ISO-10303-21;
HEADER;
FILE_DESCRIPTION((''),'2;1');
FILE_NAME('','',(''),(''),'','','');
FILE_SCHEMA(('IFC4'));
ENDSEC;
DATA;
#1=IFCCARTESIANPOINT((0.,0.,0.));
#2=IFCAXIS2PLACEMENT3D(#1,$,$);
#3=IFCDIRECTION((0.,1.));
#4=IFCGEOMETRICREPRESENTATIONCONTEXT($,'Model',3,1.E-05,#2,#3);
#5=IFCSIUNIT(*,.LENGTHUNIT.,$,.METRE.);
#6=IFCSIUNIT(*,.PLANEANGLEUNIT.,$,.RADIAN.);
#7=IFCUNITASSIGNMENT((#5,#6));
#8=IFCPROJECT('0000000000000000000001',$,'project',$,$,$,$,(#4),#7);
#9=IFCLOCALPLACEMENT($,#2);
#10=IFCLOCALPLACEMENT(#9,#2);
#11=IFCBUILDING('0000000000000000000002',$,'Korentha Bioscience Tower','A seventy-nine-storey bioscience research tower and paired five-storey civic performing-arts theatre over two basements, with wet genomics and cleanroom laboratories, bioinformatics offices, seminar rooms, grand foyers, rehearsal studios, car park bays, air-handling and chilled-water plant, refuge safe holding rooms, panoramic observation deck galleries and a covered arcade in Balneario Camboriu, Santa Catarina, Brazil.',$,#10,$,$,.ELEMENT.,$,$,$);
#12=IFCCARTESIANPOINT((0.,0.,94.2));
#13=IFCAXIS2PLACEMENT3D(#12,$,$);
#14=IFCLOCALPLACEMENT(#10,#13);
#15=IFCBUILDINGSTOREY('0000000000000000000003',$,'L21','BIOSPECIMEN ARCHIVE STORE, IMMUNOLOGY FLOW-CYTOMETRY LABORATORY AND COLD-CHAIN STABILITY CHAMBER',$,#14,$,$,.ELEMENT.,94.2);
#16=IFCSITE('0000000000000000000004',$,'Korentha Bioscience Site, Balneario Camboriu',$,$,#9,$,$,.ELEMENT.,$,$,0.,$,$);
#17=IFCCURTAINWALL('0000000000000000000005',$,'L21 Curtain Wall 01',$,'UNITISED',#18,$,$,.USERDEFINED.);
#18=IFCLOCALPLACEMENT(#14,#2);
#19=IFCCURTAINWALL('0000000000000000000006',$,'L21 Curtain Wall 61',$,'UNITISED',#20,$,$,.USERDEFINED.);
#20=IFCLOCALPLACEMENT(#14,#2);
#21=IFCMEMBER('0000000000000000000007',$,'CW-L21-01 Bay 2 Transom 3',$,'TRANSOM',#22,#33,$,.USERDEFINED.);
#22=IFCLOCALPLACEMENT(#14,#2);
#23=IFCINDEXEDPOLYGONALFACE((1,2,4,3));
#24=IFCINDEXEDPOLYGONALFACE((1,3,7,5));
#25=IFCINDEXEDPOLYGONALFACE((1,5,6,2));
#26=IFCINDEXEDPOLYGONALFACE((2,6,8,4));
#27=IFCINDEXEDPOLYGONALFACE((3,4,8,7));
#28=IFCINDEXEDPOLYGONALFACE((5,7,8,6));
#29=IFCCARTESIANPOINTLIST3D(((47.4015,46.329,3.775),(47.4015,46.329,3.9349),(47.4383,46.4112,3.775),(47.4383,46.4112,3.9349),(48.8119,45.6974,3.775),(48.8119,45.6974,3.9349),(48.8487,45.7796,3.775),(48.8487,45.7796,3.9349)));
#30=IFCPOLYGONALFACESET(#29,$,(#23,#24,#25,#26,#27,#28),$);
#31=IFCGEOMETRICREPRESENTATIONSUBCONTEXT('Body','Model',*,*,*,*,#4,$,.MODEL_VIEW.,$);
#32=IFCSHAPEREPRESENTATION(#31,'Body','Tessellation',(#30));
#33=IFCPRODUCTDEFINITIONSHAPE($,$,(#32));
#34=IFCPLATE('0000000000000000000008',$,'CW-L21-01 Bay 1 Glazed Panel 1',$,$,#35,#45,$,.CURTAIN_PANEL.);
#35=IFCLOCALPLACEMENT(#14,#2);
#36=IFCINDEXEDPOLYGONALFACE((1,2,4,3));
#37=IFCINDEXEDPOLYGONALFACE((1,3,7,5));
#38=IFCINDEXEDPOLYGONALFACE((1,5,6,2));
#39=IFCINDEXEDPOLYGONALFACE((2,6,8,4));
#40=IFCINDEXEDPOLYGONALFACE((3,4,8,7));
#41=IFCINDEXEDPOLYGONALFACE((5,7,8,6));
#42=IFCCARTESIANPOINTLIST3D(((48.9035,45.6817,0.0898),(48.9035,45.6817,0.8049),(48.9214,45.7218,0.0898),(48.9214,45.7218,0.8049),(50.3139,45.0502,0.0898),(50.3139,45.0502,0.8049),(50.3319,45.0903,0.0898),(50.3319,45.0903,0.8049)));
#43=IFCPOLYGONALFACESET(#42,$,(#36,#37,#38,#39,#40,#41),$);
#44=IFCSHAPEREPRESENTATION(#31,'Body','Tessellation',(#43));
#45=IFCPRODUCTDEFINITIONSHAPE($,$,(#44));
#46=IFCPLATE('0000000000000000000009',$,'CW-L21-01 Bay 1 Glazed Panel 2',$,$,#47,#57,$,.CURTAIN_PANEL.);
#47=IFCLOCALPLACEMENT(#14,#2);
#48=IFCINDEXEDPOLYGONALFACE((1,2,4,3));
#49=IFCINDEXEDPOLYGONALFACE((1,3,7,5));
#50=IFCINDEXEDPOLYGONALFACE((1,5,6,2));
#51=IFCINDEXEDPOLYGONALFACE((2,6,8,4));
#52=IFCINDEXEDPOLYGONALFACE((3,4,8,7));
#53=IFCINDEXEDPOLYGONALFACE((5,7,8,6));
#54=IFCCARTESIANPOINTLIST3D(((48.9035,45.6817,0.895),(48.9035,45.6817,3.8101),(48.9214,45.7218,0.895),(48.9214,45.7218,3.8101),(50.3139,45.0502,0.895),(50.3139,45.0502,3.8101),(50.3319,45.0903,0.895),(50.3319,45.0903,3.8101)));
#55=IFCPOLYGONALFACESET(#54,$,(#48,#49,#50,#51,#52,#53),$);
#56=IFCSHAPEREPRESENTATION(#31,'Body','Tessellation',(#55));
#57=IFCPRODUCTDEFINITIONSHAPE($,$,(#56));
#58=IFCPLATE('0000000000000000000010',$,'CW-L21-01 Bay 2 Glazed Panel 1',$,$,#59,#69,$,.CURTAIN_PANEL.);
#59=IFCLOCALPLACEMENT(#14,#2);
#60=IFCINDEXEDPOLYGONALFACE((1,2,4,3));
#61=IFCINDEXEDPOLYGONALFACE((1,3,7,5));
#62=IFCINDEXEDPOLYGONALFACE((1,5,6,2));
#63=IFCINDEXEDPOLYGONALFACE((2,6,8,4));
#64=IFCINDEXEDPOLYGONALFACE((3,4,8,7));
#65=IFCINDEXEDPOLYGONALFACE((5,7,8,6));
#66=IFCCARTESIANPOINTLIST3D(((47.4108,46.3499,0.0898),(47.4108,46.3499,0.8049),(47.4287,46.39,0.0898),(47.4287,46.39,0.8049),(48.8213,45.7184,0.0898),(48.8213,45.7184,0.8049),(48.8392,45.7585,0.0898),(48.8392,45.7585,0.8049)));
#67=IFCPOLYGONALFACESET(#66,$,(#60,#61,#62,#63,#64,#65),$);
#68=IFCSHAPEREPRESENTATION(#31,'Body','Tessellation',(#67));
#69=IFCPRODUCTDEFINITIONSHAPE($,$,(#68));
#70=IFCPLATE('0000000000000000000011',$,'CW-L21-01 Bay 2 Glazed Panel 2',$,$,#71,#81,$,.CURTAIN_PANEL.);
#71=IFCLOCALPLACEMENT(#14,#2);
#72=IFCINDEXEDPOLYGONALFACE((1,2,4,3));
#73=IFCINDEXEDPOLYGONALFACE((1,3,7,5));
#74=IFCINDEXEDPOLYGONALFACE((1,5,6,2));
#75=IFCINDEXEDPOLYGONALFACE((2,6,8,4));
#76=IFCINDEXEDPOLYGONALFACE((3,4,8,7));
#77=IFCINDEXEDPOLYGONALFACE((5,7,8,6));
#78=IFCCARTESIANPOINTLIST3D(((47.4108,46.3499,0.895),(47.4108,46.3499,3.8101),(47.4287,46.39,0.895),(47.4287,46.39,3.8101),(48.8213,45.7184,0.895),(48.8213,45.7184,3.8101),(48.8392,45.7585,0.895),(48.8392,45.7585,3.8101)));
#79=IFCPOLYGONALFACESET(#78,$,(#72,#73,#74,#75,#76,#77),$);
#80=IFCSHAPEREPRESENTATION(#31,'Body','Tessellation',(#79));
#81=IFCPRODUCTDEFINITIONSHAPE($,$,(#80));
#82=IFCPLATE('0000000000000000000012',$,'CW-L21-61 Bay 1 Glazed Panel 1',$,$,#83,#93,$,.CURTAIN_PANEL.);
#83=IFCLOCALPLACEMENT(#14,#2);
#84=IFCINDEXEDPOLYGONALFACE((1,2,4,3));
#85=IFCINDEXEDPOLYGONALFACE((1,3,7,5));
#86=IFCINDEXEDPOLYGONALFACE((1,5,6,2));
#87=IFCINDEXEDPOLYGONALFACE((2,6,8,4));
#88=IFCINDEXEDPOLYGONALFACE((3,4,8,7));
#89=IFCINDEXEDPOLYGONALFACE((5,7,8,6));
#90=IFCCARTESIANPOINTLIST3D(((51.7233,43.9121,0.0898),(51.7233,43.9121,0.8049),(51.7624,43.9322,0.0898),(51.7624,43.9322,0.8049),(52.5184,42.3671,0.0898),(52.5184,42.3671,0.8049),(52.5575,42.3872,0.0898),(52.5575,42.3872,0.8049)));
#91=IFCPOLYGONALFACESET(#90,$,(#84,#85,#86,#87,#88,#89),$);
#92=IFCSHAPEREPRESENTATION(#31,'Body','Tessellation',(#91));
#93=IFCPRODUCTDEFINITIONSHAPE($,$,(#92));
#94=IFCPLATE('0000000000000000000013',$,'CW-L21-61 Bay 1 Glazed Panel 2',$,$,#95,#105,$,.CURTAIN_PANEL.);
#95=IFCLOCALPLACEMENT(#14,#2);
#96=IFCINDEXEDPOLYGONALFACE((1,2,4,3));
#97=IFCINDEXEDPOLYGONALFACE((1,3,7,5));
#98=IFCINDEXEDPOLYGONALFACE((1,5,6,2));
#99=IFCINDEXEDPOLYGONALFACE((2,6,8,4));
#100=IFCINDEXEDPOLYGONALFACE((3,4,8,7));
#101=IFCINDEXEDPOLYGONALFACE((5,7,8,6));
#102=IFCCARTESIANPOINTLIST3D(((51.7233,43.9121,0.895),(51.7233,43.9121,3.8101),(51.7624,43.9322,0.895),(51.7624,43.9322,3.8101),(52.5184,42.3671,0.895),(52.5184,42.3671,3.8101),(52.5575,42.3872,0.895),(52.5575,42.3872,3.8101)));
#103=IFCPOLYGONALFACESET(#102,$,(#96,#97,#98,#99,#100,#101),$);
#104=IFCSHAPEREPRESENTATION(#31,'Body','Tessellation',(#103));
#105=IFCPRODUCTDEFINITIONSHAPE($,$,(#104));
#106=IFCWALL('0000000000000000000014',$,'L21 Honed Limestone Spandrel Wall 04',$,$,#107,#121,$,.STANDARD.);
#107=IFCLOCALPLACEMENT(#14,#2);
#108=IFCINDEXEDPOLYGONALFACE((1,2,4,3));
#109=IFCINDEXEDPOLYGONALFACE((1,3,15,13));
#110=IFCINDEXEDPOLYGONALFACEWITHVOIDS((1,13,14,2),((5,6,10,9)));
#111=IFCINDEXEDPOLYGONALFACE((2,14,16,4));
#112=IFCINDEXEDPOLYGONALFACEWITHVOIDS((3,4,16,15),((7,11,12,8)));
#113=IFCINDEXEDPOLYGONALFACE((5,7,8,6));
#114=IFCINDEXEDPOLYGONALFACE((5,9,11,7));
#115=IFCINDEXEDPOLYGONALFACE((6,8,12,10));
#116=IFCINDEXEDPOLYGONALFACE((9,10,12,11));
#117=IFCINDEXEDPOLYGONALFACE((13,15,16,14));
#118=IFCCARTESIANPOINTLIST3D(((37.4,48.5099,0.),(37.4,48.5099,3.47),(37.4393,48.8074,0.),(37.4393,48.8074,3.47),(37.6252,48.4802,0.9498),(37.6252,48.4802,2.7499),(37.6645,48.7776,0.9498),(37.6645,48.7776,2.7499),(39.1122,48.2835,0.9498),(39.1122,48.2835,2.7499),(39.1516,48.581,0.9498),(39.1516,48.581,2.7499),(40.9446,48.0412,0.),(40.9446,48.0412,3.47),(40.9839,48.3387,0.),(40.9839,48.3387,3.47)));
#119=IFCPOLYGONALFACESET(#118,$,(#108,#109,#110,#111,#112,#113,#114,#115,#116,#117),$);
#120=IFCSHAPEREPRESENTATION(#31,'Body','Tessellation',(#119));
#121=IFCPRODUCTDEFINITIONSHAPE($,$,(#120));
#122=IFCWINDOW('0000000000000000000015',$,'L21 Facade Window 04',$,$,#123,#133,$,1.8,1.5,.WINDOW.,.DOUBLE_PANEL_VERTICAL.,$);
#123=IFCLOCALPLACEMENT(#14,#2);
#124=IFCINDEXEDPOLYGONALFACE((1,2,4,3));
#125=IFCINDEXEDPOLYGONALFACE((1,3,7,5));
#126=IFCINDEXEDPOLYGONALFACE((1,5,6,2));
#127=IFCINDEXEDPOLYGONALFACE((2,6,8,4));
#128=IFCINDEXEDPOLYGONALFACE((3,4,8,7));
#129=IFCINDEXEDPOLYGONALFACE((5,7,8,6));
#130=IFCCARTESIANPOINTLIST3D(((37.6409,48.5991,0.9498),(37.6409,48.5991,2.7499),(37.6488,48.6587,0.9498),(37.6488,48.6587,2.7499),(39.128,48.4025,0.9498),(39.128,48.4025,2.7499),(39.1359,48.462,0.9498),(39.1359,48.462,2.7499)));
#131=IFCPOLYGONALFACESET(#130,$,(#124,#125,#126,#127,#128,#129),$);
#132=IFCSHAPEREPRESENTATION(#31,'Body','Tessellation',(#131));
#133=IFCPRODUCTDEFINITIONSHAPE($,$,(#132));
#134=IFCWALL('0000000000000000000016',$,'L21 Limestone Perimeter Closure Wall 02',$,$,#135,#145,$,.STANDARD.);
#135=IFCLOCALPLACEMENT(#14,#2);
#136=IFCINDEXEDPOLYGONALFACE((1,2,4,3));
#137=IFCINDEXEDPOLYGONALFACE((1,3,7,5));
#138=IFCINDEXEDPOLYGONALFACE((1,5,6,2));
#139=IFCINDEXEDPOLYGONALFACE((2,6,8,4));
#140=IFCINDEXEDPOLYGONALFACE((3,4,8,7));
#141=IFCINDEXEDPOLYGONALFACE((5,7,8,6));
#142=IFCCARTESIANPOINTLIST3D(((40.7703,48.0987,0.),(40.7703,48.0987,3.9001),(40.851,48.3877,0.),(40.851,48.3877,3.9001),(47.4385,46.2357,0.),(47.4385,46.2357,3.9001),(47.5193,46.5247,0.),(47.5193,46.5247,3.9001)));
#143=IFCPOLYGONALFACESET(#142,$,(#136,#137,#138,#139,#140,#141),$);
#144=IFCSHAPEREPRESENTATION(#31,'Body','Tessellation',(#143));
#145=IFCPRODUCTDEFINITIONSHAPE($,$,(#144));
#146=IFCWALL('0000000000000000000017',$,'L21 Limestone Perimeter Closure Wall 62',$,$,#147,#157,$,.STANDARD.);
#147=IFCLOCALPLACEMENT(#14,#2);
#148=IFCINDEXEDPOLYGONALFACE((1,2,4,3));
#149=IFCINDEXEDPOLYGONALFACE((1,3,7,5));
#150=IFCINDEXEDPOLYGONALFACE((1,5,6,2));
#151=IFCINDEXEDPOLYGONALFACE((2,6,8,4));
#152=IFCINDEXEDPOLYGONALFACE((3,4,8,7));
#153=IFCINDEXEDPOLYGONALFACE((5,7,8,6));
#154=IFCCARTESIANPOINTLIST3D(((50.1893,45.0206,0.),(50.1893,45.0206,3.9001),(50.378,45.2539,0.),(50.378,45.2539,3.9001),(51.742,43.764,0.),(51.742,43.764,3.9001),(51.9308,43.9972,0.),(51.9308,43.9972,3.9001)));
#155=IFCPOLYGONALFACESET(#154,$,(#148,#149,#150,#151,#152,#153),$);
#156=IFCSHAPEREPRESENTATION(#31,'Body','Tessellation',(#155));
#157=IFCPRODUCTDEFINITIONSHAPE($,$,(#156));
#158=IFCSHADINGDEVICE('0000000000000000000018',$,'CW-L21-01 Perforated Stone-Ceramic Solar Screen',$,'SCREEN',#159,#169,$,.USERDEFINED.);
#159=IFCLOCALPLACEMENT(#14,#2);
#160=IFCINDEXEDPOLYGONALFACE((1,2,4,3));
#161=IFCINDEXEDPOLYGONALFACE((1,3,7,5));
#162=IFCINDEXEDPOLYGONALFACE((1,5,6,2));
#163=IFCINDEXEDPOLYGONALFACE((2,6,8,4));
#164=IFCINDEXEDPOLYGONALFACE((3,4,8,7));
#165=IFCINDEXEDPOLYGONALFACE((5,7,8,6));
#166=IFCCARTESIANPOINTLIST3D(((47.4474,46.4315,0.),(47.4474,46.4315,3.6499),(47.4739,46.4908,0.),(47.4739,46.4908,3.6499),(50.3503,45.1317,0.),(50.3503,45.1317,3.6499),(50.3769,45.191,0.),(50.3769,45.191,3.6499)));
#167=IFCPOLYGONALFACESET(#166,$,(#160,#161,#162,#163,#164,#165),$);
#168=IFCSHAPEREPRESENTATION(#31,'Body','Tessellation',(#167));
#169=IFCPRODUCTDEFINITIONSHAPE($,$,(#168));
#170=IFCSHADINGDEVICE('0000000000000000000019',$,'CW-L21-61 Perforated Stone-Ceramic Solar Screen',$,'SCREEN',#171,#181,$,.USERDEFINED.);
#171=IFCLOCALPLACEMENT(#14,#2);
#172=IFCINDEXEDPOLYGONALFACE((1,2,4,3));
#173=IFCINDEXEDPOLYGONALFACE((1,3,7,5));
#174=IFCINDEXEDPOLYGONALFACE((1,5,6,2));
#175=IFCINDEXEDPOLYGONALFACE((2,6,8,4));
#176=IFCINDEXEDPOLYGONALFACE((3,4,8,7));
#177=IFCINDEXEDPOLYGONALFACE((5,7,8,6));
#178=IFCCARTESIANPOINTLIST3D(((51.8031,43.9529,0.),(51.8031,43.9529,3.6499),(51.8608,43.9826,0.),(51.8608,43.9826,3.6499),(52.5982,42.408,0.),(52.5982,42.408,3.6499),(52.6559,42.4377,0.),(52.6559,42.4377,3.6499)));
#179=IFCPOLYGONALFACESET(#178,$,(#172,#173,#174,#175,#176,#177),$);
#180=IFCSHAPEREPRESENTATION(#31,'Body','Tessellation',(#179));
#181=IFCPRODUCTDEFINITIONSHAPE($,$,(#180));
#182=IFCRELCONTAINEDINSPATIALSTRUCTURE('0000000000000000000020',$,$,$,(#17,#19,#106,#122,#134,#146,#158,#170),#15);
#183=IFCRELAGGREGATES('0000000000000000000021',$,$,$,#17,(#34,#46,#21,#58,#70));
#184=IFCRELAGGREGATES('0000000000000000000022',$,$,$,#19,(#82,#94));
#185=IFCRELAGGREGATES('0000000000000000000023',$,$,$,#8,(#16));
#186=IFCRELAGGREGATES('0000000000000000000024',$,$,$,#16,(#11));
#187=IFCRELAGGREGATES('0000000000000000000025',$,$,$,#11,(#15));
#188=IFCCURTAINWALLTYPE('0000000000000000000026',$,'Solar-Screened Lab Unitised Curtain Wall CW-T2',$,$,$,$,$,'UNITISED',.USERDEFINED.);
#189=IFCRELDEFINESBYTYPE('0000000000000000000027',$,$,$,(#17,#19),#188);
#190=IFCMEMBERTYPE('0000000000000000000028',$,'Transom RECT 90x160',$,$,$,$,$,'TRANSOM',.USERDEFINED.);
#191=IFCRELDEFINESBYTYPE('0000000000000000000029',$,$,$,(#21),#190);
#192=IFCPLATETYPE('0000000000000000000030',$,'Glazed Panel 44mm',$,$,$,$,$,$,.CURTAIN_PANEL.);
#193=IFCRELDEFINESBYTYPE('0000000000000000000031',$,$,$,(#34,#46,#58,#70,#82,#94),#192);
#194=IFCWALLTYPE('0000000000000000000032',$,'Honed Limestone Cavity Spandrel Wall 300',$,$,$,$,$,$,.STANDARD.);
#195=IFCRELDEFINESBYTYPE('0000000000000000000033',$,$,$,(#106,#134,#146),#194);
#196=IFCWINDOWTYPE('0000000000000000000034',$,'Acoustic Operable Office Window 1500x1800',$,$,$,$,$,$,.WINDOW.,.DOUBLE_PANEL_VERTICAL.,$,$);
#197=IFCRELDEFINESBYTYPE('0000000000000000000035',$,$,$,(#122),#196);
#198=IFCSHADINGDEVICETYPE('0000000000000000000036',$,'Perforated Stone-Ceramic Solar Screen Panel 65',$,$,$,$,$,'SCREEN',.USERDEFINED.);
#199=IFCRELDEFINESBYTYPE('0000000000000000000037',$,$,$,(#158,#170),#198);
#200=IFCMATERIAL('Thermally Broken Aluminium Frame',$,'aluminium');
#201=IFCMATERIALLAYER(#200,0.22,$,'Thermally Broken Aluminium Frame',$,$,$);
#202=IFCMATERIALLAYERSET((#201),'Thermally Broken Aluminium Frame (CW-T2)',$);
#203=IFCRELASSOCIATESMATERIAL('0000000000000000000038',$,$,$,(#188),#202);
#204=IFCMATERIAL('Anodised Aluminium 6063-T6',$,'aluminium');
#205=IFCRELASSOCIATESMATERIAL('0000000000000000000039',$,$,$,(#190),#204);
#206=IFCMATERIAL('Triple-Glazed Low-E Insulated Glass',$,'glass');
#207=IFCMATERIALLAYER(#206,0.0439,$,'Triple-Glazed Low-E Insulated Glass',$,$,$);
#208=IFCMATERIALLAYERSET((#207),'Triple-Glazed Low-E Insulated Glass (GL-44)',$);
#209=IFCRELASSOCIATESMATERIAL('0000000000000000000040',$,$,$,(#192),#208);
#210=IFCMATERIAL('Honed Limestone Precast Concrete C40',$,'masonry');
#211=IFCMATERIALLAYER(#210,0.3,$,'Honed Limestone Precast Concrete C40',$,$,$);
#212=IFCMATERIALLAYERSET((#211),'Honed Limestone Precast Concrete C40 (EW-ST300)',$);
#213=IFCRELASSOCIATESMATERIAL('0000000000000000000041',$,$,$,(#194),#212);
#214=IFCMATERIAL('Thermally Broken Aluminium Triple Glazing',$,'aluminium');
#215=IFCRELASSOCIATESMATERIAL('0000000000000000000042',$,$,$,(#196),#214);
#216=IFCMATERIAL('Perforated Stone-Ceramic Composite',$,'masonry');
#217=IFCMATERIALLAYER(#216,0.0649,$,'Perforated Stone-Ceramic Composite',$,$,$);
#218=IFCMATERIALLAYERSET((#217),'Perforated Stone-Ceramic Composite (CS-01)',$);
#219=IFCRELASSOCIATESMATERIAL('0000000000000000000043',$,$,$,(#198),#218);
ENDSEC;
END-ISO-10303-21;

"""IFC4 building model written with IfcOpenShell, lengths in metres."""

from ifc_helpers import new_model, si_unit, direction, frame, frame_2d, origin, origin_2d, place, context, subcontext, project, spatial, rectangle, extrude, material, layer, layer_set, material_profile, profile_set, type_object, element, fill, aggregate, save


model = new_model("IFC4")

# Units and contexts
model_context = context("Model", 3, precision=1e-05, world=origin(), true_north=direction((0.0, 1.0)))
body_context = subcontext(model_context, "Body", "Model", "MODEL_VIEW")
ifc_project = project(units=[si_unit("LENGTHUNIT", "METRE"), si_unit("PLANEANGLEUNIT", "RADIAN")], contexts=[model_context])

# Site, building, storey
site_placement = place(None, origin())
site = spatial("IfcSite", under=ifc_project, at=site_placement, Name="Korentha Bioscience Site, Balneario Camboriu", CompositionType="ELEMENT", RefElevation=0.0)
building_placement = place(site_placement, origin())
building = spatial("IfcBuilding", under=site, at=building_placement, Name="Korentha Bioscience Tower", Description="A seventy-nine-storey bioscience research tower and paired five-storey civic performing-arts theatre over two basements, with wet genomics and cleanroom laboratories, bioinformatics offices, seminar rooms, grand foyers, rehearsal studios, car park bays, air-handling and chilled-water plant, refuge safe holding rooms, panoramic observation deck galleries and a covered arcade in Balneario Camboriu, Santa Catarina, Brazil.", CompositionType="ELEMENT")
storey_placement = place(building_placement, frame((0.0, 0.0, 94.2)))
storey = spatial("IfcBuildingStorey", under=building, at=storey_placement, Name="L21", Description="BIOSPECIMEN ARCHIVE STORE, IMMUNOLOGY FLOW-CYTOMETRY LABORATORY AND COLD-CHAIN STABILITY CHAMBER", CompositionType="ELEMENT", Elevation=94.2)

# Curtain wall
ifc_material_1 = material(Name="Thermally Broken Aluminium Frame", Category="aluminium")
ifc_layer_1 = layer(ifc_material_1, 0.22, Name="Thermally Broken Aluminium Frame")
ifc_layer_set_1 = layer_set([ifc_layer_1], Name="Thermally Broken Aluminium Frame (CW-T2)")
curtain_wall_type = type_object("IfcCurtainWallType", Name="Solar-Screened Lab Unitised Curtain Wall CW-T2", ElementType="UNITISED", PredefinedType="USERDEFINED", material=ifc_layer_set_1)
curtain_wall_1_placement = place(storey_placement, origin())
curtain_wall_1 = element("IfcCurtainWall", 1, at=curtain_wall_1_placement, inside=storey, type_object=curtain_wall_type, Name="L21 Curtain Wall 01", ObjectType="UNITISED", PredefinedType="USERDEFINED")
ifc_material_2 = material(Name="Anodised Aluminium 6063-T6", Category="aluminium")

# Curtain wall
curtain_wall_2_placement = place(storey_placement, origin())
curtain_wall_2 = element("IfcCurtainWall", 2, at=curtain_wall_2_placement, inside=storey, type_object=curtain_wall_type, Name="L21 Curtain Wall 61", ObjectType="UNITISED", PredefinedType="USERDEFINED")

# Member
ifc_material_profile_1 = material_profile(ifc_material_2, rectangle(XDim=0.0901, YDim=0.1599, at=origin_2d()), Name="Anodised Aluminium 6063-T6")
ifc_profile_set_1 = profile_set([ifc_material_profile_1], Name="Anodised Aluminium 6063-T6 (CW-TRN)")
member_type_1 = type_object("IfcMemberType", Name="Transom RECT 90x160", ElementType="TRANSOM", PredefinedType="USERDEFINED", material=ifc_profile_set_1)
member_1_placement = place(storey_placement, frame((48.8303, 45.7385, 3.855), z_axis=(-0.912668, 0.408702, 0.0), x_axis=(-0.408702, -0.912668, 0.0)))
member_1 = element("IfcMember", 3, at=member_1_placement, type_object=member_type_1, Name="CW-L21-01 Bay 2 Transom 3", ObjectType="TRANSOM", PredefinedType="USERDEFINED", context=body_context, shape_type="SweptSolid", body=[
    extrude(rectangle(XDim=0.0901, YDim=0.1599, at=origin_2d()), origin(), (0.0, 0.0, 1.0), 1.5454),
])

# Plates
ifc_material_3 = material(Name="Triple-Glazed Low-E Insulated Glass", Category="glass")
ifc_layer_2 = layer(ifc_material_3, 0.0439, Name="Triple-Glazed Low-E Insulated Glass")
ifc_layer_set_2 = layer_set([ifc_layer_2], Name="Triple-Glazed Low-E Insulated Glass (GL-44)")
plate_type = type_object("IfcPlateType", Name="Glazed Panel 44mm", PredefinedType="CURTAIN_PANEL", material=ifc_layer_set_2)
plate_1_placement = place(storey_placement, frame((49.6177, 45.386, 0.0898), z_axis=(0.0, 0.0, 1.0), x_axis=(-0.912687, 0.40866, 0.0)))
plate_1 = element("IfcPlate", 4, at=plate_1_placement, type_object=plate_type, Name="CW-L21-01 Bay 1 Glazed Panel 1", PredefinedType="CURTAIN_PANEL", context=body_context, shape_type="SweptSolid", body=[
    extrude(rectangle(XDim=1.5454, YDim=0.0439, at=origin_2d()), origin(), (0.0, 0.0, 1.0), 0.7151),
])
plate_2_placement = place(storey_placement, frame((49.6177, 45.386, 0.895), z_axis=(0.0, 0.0, 1.0), x_axis=(-0.912687, 0.40866, 0.0)))
plate_2 = element("IfcPlate", 5, at=plate_2_placement, type_object=plate_type, Name="CW-L21-01 Bay 1 Glazed Panel 2", PredefinedType="CURTAIN_PANEL", context=body_context, shape_type="SweptSolid", body=[
    extrude(rectangle(XDim=1.5454, YDim=0.0439, at=origin_2d()), origin(), (0.0, 0.0, 1.0), 2.915),
])
plate_3_placement = place(storey_placement, frame((48.125, 46.0542, 0.0898), z_axis=(0.0, 0.0, 1.0), x_axis=(-0.912687, 0.40866, 0.0)))
plate_3 = element("IfcPlate", 6, at=plate_3_placement, type_object=plate_type, Name="CW-L21-01 Bay 2 Glazed Panel 1", PredefinedType="CURTAIN_PANEL", context=body_context, shape_type="SweptSolid", body=[
    extrude(rectangle(XDim=1.5454, YDim=0.0439, at=origin_2d()), origin(), (0.0, 0.0, 1.0), 0.7151),
])
plate_4_placement = place(storey_placement, frame((48.125, 46.0542, 0.895), z_axis=(0.0, 0.0, 1.0), x_axis=(-0.912687, 0.40866, 0.0)))
plate_4 = element("IfcPlate", 7, at=plate_4_placement, type_object=plate_type, Name="CW-L21-01 Bay 2 Glazed Panel 2", PredefinedType="CURTAIN_PANEL", context=body_context, shape_type="SweptSolid", body=[
    extrude(rectangle(XDim=1.5454, YDim=0.0439, at=origin_2d()), origin(), (0.0, 0.0, 1.0), 2.915),
])
aggregate(curtain_wall_1, [plate_1, plate_2, member_1, plate_3, plate_4])
plate_5_placement = place(storey_placement, frame((52.1404, 43.1497, 0.0898), z_axis=(0.0, 0.0, 1.0), x_axis=(-0.457613, 0.889151, 0.0)))
plate_5 = element("IfcPlate", 8, at=plate_5_placement, type_object=plate_type, Name="CW-L21-61 Bay 1 Glazed Panel 1", PredefinedType="CURTAIN_PANEL", context=body_context, shape_type="SweptSolid", body=[
    extrude(rectangle(XDim=1.7375, YDim=0.0439, at=origin_2d()), origin(), (0.0, 0.0, 1.0), 0.7151),
])
plate_6_placement = place(storey_placement, frame((52.1404, 43.1497, 0.895), z_axis=(0.0, 0.0, 1.0), x_axis=(-0.457613, 0.889151, 0.0)))
plate_6 = element("IfcPlate", 9, at=plate_6_placement, type_object=plate_type, Name="CW-L21-61 Bay 1 Glazed Panel 2", PredefinedType="CURTAIN_PANEL", context=body_context, shape_type="SweptSolid", body=[
    extrude(rectangle(XDim=1.7375, YDim=0.0439, at=origin_2d()), origin(), (0.0, 0.0, 1.0), 2.915),
])
aggregate(curtain_wall_2, [plate_5, plate_6])

# Wall, opening, window
ifc_material_4 = material(Name="Honed Limestone Precast Concrete C40", Category="masonry")
ifc_layer_3 = layer(ifc_material_4, 0.3, Name="Honed Limestone Precast Concrete C40")
ifc_layer_set_3 = layer_set([ifc_layer_3], Name="Honed Limestone Precast Concrete C40 (EW-ST300)")
wall_type_1 = type_object("IfcWallType", Name="Honed Limestone Cavity Spandrel Wall 300", PredefinedType="STANDARD", material=ifc_layer_set_3)
wall_1_placement = place(storey_placement, frame((40.9641, 48.1899, 0.0), z_axis=(0.0, 0.0, 1.0), x_axis=(-0.991369, 0.131099, 0.0)))
wall_1 = element("IfcWall", 10, at=wall_1_placement, inside=storey, type_object=wall_type_1, Name="L21 Honed Limestone Spandrel Wall 04", PredefinedType="STANDARD", context=body_context, shape_type="SweptSolid", body=[
    extrude(rectangle(XDim=3.5754, YDim=0.3, at=frame_2d((1.7876, 0.0))), origin(), (0.0, 0.0, 1.0), 3.47),
])
opening_1_placement = place(wall_1_placement, frame((1.8481, 0.0, 0.95)))
opening_1 = element("IfcOpeningElement", 11, at=opening_1_placement, cuts=wall_1, PredefinedType="OPENING", context=body_context, shape_type="SweptSolid", body=[
    extrude(rectangle(XDim=1.5, YDim=1.8, at=frame_2d((0.75, 0.8999))), frame((0.0, 0.165, 0.0), z_axis=(0.0, -1.0, 0.0), x_axis=(1.0, 0.0, 0.0)), (0.0, 0.0, 1.0), 0.3298),
])
ifc_material_5 = material(Name="Thermally Broken Aluminium Triple Glazing", Category="aluminium")
window_type = type_object("IfcWindowType", Name="Acoustic Operable Office Window 1500x1800", PartitioningType="DOUBLE_PANEL_VERTICAL", PredefinedType="WINDOW", material=ifc_material_5)
window_placement = place(opening_1_placement, origin())
window = element("IfcWindow", 12, at=window_placement, inside=storey, type_object=window_type, Name="L21 Facade Window 04", OverallHeight=1.8, OverallWidth=1.5, PartitioningType="DOUBLE_PANEL_VERTICAL", PredefinedType="WINDOW", context=body_context, shape_type="SweptSolid", body=[
    extrude(rectangle(XDim=1.5, YDim=1.8, at=frame_2d((0.75, 0.8999))), frame((0.0, 0.03, 0.0), z_axis=(0.0, -1.0, 0.0), x_axis=(1.0, 0.0, 0.0)), (0.0, 0.0, 1.0), 0.0601),
])
fill(opening_1, window)

# Walls
wall_2_placement = place(storey_placement, frame((47.479, 46.3801, 0.0), z_axis=(0.0, 0.0, 1.0), x_axis=(-0.963116, 0.269086, 0.0)))
element("IfcWall", 13, at=wall_2_placement, inside=storey, type_object=wall_type_1, Name="L21 Limestone Perimeter Closure Wall 02", PredefinedType="STANDARD", context=body_context, shape_type="SweptSolid", body=[
    extrude(rectangle(XDim=6.9236, YDim=0.3, at=frame_2d((3.4619, 0.0))), origin(), (0.0, 0.0, 1.0), 3.9001),
])
wall_3_placement = place(storey_placement, frame((51.8364, 43.8806, 0.0), z_axis=(0.0, 0.0, 1.0), x_axis=(-0.777339, 0.629082, 0.0)))
element("IfcWall", 14, at=wall_3_placement, inside=storey, type_object=wall_type_1, Name="L21 Limestone Perimeter Closure Wall 62", PredefinedType="STANDARD", context=body_context, shape_type="SweptSolid", body=[
    extrude(rectangle(XDim=1.9976, YDim=0.3, at=frame_2d((0.9988, 0.0))), origin(), (0.0, 0.0, 1.0), 3.9001),
])

# Shading devices
ifc_material_6 = material(Name="Perforated Stone-Ceramic Composite", Category="masonry")
ifc_layer_4 = layer(ifc_material_6, 0.0649, Name="Perforated Stone-Ceramic Composite")
ifc_layer_set_4 = layer_set([ifc_layer_4], Name="Perforated Stone-Ceramic Composite (CS-01)")
shading_device_type_1 = type_object("IfcShadingDeviceType", Name="Perforated Stone-Ceramic Solar Screen Panel 65", ElementType="SCREEN", PredefinedType="USERDEFINED", material=ifc_layer_set_4)
shading_device_1_placement = place(storey_placement, frame((48.9121, 45.8113, 0.0), z_axis=(0.0, 0.0, 1.0), x_axis=(-0.912687, 0.40866, 0.0)))
element("IfcShadingDevice", 15, at=shading_device_1_placement, inside=storey, type_object=shading_device_type_1, Name="CW-L21-01 Perforated Stone-Ceramic Solar Screen", ObjectType="SCREEN", PredefinedType="USERDEFINED", context=body_context, shape_type="SweptSolid", body=[
    extrude(rectangle(XDim=3.1807, YDim=0.0649, at=origin_2d()), origin(), (0.0, 0.0, 1.0), 3.6499),
])
shading_device_2_placement = place(storey_placement, frame((52.2295, 43.1953, 0.0), z_axis=(0.0, 0.0, 1.0), x_axis=(-0.457613, 0.889151, 0.0)))
element("IfcShadingDevice", 16, at=shading_device_2_placement, inside=storey, type_object=shading_device_type_1, Name="CW-L21-61 Perforated Stone-Ceramic Solar Screen", ObjectType="SCREEN", PredefinedType="USERDEFINED", context=body_context, shape_type="SweptSolid", body=[
    extrude(rectangle(XDim=1.7375, YDim=0.0649, at=origin_2d()), origin(), (0.0, 0.0, 1.0), 3.6499),
])

save(model, "model.ifc")
